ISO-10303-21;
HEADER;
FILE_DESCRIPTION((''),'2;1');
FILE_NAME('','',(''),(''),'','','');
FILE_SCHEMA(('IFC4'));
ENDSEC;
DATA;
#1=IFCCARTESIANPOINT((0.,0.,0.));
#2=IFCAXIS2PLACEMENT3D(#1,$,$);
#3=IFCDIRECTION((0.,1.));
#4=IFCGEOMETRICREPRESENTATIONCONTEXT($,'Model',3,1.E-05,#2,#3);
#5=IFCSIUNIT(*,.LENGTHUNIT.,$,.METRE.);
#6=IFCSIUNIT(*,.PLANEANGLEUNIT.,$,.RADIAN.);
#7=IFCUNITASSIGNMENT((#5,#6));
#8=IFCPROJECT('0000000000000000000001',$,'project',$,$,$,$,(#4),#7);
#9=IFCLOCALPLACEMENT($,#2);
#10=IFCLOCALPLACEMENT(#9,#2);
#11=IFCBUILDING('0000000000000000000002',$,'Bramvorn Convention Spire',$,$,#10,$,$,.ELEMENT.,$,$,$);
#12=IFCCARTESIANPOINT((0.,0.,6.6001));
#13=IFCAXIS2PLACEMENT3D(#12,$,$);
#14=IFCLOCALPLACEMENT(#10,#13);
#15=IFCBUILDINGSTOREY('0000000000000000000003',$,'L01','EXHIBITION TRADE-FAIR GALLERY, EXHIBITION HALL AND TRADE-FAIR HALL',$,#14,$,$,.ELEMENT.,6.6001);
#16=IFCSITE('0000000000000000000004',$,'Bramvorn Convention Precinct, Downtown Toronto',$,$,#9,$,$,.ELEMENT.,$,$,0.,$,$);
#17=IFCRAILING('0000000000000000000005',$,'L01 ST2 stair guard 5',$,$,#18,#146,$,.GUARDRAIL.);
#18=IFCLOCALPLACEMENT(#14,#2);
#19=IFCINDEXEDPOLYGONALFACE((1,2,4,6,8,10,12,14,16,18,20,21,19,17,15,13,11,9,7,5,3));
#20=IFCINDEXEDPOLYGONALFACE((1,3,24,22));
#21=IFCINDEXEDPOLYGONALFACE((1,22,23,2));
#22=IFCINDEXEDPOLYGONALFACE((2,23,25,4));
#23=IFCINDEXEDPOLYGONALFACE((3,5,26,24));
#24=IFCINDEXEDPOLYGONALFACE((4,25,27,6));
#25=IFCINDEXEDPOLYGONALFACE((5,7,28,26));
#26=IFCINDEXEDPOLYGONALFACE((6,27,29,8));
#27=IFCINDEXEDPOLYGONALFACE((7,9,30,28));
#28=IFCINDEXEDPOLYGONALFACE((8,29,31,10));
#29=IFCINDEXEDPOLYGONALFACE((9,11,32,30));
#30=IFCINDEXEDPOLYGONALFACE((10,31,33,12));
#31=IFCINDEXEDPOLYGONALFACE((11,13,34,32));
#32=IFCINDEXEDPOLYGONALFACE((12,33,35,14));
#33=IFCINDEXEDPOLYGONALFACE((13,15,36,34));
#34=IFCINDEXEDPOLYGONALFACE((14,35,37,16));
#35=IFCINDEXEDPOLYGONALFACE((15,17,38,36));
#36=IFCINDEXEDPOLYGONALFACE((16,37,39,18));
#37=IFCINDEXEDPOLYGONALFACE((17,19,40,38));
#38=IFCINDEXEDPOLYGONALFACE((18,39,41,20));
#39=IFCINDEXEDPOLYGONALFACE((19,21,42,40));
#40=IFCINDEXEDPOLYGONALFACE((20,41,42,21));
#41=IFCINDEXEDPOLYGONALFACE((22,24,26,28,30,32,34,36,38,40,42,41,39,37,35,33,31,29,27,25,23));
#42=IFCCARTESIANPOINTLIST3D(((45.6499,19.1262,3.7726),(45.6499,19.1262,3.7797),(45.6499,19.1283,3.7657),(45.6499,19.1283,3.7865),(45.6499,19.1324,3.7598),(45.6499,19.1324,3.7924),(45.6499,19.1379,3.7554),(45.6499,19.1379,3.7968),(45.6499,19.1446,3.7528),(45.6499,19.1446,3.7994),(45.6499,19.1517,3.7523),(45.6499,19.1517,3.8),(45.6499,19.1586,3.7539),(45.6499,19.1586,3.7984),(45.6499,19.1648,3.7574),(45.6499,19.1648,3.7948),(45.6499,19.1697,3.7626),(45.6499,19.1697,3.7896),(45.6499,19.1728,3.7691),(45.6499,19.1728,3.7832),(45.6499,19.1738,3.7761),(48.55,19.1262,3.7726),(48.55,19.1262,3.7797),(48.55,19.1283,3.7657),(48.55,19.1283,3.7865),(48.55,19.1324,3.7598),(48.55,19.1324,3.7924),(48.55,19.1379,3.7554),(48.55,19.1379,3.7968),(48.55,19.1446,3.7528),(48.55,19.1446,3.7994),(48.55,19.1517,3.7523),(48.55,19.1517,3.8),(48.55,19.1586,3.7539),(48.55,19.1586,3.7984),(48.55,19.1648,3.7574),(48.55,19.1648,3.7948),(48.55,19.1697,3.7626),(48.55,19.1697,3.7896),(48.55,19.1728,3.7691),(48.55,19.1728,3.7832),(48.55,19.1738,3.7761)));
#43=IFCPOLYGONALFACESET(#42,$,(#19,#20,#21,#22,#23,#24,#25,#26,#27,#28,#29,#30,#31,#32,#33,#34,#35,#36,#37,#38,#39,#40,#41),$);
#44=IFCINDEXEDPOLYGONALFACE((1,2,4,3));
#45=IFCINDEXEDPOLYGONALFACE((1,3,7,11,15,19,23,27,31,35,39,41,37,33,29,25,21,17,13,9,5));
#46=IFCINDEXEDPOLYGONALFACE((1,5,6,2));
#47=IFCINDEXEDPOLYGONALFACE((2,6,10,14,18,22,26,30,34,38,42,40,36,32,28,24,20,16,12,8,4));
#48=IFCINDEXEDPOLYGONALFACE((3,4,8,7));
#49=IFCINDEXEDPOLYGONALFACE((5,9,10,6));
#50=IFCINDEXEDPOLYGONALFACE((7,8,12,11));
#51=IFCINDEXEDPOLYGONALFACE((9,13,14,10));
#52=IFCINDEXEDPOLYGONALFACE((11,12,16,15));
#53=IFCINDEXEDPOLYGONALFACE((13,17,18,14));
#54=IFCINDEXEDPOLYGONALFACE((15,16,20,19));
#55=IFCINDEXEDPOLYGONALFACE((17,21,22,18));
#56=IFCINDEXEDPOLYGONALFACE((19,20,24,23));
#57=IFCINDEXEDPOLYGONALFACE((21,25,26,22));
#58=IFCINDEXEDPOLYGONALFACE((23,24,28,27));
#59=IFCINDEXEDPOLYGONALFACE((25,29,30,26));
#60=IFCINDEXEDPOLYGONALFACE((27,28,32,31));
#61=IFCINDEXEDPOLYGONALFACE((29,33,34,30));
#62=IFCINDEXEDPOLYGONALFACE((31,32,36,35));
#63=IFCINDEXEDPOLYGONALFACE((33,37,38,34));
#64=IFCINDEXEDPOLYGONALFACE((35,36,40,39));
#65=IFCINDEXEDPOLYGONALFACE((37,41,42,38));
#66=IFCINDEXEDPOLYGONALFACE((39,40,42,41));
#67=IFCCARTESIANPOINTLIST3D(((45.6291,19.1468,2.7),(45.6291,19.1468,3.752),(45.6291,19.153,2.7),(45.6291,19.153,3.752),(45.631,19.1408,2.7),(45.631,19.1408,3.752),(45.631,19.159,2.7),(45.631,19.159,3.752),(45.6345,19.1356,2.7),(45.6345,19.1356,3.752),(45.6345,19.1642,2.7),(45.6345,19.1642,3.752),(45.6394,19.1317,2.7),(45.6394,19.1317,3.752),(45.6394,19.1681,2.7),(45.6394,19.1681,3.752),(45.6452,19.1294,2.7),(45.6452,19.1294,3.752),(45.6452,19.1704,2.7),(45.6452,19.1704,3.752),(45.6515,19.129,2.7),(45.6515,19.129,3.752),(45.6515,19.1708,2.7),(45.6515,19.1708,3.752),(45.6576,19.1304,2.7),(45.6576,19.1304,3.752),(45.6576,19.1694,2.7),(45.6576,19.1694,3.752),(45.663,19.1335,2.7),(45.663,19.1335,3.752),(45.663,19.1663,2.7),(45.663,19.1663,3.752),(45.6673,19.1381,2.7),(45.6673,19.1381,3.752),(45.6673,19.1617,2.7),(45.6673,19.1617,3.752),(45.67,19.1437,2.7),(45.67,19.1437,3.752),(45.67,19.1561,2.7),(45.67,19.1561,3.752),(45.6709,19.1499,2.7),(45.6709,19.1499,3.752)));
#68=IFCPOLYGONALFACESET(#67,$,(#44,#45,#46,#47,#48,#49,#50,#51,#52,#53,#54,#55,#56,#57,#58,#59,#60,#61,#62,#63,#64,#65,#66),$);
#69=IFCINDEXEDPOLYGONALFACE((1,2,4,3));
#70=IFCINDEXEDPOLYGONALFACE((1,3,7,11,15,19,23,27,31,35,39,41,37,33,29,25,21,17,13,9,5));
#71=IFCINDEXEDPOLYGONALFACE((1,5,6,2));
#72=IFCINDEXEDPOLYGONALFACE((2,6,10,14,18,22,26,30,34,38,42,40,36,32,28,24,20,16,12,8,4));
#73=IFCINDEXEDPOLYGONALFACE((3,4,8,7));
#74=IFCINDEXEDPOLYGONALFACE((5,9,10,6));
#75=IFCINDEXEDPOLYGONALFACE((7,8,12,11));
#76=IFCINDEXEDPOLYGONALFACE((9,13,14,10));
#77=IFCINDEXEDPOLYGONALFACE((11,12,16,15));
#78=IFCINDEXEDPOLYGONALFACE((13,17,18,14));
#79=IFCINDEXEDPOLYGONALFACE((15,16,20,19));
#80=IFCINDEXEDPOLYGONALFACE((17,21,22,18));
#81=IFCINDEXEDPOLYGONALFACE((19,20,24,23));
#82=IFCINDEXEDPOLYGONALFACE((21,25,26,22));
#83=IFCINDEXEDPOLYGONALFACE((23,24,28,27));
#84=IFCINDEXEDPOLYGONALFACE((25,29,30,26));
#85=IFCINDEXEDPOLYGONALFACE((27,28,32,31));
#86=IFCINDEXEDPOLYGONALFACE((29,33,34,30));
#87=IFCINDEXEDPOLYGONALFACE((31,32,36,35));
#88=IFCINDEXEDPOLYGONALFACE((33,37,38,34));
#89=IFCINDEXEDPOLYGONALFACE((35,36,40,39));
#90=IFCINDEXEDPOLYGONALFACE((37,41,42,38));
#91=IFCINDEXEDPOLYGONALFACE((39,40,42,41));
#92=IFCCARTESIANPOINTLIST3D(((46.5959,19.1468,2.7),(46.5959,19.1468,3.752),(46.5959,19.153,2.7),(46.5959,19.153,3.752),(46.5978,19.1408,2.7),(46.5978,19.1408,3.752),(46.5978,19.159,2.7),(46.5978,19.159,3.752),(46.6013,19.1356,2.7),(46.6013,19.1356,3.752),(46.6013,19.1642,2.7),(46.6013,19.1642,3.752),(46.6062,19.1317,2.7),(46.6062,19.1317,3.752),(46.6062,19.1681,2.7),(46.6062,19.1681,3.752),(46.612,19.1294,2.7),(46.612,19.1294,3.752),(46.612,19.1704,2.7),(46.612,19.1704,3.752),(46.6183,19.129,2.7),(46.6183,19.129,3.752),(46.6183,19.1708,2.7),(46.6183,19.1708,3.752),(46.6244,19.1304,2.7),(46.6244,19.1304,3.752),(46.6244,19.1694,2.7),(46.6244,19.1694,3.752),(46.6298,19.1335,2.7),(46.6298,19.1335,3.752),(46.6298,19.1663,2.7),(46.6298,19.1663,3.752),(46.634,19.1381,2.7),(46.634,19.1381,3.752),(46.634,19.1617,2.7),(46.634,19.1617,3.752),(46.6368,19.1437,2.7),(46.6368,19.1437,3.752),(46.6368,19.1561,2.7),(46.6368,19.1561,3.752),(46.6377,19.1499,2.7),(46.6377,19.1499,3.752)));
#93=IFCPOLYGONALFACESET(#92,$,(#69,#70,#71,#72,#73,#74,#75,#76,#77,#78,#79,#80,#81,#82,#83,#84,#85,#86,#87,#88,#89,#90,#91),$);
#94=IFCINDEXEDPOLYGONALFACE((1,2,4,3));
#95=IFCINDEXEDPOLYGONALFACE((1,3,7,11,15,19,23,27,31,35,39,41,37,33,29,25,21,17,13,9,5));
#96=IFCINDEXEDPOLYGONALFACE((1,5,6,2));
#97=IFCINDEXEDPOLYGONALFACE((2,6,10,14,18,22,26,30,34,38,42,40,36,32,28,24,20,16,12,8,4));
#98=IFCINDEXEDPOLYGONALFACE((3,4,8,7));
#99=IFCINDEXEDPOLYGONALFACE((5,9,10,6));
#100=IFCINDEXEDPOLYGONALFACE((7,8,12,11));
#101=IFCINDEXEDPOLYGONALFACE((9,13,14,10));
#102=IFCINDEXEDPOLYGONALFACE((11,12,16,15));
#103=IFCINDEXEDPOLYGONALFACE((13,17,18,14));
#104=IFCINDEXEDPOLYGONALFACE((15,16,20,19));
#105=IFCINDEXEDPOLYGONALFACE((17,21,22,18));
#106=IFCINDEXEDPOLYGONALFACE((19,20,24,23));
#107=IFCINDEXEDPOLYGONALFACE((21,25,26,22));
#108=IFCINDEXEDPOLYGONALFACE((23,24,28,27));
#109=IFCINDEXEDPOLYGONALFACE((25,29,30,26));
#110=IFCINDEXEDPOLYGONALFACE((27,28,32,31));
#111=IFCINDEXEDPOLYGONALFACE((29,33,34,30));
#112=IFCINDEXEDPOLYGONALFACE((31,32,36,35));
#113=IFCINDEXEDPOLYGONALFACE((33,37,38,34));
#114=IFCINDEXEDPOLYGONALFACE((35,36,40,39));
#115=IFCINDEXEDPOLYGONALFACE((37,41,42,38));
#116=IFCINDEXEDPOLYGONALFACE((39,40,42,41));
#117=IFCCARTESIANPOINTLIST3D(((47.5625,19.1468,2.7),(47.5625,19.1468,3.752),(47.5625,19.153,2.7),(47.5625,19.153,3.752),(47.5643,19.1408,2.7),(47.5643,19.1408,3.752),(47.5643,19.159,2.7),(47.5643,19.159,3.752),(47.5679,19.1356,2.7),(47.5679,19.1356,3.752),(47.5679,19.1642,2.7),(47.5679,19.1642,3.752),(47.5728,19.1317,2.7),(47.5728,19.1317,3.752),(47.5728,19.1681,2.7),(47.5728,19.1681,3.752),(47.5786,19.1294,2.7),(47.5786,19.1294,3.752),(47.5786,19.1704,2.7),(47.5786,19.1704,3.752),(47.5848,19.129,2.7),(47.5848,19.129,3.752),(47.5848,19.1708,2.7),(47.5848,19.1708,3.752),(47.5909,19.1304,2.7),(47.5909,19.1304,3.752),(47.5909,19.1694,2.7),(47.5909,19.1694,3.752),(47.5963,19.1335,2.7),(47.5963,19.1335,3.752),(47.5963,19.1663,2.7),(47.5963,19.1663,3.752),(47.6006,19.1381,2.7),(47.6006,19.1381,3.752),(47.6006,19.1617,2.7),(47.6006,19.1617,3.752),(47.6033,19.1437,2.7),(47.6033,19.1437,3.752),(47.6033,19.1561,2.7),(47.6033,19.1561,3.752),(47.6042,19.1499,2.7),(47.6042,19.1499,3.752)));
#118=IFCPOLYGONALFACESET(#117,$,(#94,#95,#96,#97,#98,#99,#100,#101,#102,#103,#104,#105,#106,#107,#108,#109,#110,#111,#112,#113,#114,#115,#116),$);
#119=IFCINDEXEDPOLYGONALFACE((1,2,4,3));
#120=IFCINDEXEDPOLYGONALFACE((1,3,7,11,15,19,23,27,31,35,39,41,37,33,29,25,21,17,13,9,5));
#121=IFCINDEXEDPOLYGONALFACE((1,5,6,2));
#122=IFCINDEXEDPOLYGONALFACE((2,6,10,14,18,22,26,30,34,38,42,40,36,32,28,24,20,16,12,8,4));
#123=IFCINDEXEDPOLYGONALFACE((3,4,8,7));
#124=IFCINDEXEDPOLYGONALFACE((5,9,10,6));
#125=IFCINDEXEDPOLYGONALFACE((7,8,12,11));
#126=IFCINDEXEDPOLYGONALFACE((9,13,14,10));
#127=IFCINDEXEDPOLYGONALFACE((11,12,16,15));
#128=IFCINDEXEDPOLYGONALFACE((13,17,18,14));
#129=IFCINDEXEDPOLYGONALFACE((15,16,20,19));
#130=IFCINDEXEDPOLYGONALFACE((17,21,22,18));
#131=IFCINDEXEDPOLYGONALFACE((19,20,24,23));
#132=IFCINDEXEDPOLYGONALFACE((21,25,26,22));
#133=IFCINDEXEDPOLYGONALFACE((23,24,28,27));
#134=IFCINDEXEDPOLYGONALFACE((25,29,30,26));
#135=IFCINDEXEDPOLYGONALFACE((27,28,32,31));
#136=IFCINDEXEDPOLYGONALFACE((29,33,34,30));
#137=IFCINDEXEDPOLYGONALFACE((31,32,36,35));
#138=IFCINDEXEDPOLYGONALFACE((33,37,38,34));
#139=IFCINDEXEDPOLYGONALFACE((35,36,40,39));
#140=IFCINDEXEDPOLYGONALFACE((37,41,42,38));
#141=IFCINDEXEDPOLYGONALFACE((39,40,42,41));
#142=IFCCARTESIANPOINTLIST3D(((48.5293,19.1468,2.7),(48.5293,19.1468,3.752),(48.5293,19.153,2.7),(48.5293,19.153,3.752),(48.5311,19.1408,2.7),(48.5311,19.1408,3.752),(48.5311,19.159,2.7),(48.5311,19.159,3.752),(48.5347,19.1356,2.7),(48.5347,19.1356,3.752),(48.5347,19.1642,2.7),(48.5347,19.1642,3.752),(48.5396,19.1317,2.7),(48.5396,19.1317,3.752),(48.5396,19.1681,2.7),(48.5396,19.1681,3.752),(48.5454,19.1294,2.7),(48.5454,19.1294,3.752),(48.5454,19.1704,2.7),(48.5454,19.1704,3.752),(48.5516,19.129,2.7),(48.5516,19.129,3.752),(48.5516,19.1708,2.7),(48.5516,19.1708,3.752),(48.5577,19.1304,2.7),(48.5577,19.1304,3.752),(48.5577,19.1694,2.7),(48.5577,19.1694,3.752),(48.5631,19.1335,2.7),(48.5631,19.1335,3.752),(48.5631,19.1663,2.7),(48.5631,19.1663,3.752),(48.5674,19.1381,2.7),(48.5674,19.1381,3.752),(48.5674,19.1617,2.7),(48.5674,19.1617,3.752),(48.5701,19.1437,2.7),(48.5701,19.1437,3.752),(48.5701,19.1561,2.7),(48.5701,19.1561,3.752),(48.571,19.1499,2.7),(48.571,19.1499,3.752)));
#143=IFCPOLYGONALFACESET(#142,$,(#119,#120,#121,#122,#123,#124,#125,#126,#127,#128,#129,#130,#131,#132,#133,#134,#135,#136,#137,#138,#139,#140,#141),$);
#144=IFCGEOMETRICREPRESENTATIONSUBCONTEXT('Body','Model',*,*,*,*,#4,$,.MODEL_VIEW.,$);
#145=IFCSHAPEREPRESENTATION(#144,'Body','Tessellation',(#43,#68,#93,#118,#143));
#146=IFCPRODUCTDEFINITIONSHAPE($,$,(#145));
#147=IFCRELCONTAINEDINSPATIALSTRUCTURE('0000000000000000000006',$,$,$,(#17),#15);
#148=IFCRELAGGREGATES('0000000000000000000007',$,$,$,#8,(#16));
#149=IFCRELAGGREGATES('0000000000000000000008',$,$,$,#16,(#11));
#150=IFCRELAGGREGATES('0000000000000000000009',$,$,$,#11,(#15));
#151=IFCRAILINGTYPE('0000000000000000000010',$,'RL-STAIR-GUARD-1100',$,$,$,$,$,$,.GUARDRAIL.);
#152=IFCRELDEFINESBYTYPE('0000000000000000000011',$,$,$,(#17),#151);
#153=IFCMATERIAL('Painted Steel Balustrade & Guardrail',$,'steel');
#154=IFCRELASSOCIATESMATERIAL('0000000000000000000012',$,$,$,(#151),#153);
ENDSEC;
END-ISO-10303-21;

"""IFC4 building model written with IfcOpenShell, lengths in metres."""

from ifc_helpers import new_model, si_unit, direction, frame, origin, origin_2d, place, context, subcontext, project, spatial, circle, extrude, material, type_object, element, save


model = new_model("IFC4")

# Units and contexts
model_context = context("Model", 3, precision=1e-05, world=origin(), true_north=direction((0.0, 1.0)))
body_context = subcontext(model_context, "Body", "Model", "MODEL_VIEW")
ifc_project = project(units=[si_unit("LENGTHUNIT", "METRE"), si_unit("PLANEANGLEUNIT", "RADIAN")], contexts=[model_context])

# Site, building, storey
site_placement = place(None, origin())
site = spatial("IfcSite", under=ifc_project, at=site_placement, Name="Bramvorn Convention Precinct, Downtown Toronto", CompositionType="ELEMENT", RefElevation=0.0)
building_placement = place(site_placement, origin())
building = spatial("IfcBuilding", under=site, at=building_placement, Name="Bramvorn Convention Spire", CompositionType="ELEMENT")
storey_placement = place(building_placement, frame((0.0, 0.0, 6.6001)))
storey = spatial("IfcBuildingStorey", under=building, at=storey_placement, Name="L01", Description="EXHIBITION TRADE-FAIR GALLERY, EXHIBITION HALL AND TRADE-FAIR HALL", CompositionType="ELEMENT", Elevation=6.6001)

# Railing
ifc_material_1 = material(Name="Painted Steel Balustrade & Guardrail", Category="steel")
railing_type_1 = type_object("IfcRailingType", Name="RL-STAIR-GUARD-1100", PredefinedType="GUARDRAIL", material=ifc_material_1)
railing_1_placement = place(storey_placement, frame((45.6499, 19.1499, 2.7)))
element("IfcRailing", 1, at=railing_1_placement, inside=storey, type_object=railing_type_1, Name="L01 ST2 stair guard 5", PredefinedType="GUARDRAIL", context=body_context, shape_type="SweptSolid", body=[
    extrude(circle(Radius=0.0239, at=origin_2d()), frame((0.0, 0.0, 1.0762), z_axis=(1.0, 0.0, 0.0), x_axis=(0.0, 1.0, 0.0)), (0.0, 0.0, 1.0), 2.9001),
    extrude(circle(Radius=0.021, at=origin_2d()), origin(), (0.0, 0.0, 1.0), 1.052),
    extrude(circle(Radius=0.021, at=origin_2d()), frame((0.9668, 0.0, 0.0)), (0.0, 0.0, 1.0), 1.052),
    extrude(circle(Radius=0.021, at=origin_2d()), frame((1.9333, 0.0, 0.0)), (0.0, 0.0, 1.0), 1.052),
    extrude(circle(Radius=0.021, at=origin_2d()), frame((2.9001, 0.0, 0.0)), (0.0, 0.0, 1.0), 1.052),
])

save(model, "model.ifc")
